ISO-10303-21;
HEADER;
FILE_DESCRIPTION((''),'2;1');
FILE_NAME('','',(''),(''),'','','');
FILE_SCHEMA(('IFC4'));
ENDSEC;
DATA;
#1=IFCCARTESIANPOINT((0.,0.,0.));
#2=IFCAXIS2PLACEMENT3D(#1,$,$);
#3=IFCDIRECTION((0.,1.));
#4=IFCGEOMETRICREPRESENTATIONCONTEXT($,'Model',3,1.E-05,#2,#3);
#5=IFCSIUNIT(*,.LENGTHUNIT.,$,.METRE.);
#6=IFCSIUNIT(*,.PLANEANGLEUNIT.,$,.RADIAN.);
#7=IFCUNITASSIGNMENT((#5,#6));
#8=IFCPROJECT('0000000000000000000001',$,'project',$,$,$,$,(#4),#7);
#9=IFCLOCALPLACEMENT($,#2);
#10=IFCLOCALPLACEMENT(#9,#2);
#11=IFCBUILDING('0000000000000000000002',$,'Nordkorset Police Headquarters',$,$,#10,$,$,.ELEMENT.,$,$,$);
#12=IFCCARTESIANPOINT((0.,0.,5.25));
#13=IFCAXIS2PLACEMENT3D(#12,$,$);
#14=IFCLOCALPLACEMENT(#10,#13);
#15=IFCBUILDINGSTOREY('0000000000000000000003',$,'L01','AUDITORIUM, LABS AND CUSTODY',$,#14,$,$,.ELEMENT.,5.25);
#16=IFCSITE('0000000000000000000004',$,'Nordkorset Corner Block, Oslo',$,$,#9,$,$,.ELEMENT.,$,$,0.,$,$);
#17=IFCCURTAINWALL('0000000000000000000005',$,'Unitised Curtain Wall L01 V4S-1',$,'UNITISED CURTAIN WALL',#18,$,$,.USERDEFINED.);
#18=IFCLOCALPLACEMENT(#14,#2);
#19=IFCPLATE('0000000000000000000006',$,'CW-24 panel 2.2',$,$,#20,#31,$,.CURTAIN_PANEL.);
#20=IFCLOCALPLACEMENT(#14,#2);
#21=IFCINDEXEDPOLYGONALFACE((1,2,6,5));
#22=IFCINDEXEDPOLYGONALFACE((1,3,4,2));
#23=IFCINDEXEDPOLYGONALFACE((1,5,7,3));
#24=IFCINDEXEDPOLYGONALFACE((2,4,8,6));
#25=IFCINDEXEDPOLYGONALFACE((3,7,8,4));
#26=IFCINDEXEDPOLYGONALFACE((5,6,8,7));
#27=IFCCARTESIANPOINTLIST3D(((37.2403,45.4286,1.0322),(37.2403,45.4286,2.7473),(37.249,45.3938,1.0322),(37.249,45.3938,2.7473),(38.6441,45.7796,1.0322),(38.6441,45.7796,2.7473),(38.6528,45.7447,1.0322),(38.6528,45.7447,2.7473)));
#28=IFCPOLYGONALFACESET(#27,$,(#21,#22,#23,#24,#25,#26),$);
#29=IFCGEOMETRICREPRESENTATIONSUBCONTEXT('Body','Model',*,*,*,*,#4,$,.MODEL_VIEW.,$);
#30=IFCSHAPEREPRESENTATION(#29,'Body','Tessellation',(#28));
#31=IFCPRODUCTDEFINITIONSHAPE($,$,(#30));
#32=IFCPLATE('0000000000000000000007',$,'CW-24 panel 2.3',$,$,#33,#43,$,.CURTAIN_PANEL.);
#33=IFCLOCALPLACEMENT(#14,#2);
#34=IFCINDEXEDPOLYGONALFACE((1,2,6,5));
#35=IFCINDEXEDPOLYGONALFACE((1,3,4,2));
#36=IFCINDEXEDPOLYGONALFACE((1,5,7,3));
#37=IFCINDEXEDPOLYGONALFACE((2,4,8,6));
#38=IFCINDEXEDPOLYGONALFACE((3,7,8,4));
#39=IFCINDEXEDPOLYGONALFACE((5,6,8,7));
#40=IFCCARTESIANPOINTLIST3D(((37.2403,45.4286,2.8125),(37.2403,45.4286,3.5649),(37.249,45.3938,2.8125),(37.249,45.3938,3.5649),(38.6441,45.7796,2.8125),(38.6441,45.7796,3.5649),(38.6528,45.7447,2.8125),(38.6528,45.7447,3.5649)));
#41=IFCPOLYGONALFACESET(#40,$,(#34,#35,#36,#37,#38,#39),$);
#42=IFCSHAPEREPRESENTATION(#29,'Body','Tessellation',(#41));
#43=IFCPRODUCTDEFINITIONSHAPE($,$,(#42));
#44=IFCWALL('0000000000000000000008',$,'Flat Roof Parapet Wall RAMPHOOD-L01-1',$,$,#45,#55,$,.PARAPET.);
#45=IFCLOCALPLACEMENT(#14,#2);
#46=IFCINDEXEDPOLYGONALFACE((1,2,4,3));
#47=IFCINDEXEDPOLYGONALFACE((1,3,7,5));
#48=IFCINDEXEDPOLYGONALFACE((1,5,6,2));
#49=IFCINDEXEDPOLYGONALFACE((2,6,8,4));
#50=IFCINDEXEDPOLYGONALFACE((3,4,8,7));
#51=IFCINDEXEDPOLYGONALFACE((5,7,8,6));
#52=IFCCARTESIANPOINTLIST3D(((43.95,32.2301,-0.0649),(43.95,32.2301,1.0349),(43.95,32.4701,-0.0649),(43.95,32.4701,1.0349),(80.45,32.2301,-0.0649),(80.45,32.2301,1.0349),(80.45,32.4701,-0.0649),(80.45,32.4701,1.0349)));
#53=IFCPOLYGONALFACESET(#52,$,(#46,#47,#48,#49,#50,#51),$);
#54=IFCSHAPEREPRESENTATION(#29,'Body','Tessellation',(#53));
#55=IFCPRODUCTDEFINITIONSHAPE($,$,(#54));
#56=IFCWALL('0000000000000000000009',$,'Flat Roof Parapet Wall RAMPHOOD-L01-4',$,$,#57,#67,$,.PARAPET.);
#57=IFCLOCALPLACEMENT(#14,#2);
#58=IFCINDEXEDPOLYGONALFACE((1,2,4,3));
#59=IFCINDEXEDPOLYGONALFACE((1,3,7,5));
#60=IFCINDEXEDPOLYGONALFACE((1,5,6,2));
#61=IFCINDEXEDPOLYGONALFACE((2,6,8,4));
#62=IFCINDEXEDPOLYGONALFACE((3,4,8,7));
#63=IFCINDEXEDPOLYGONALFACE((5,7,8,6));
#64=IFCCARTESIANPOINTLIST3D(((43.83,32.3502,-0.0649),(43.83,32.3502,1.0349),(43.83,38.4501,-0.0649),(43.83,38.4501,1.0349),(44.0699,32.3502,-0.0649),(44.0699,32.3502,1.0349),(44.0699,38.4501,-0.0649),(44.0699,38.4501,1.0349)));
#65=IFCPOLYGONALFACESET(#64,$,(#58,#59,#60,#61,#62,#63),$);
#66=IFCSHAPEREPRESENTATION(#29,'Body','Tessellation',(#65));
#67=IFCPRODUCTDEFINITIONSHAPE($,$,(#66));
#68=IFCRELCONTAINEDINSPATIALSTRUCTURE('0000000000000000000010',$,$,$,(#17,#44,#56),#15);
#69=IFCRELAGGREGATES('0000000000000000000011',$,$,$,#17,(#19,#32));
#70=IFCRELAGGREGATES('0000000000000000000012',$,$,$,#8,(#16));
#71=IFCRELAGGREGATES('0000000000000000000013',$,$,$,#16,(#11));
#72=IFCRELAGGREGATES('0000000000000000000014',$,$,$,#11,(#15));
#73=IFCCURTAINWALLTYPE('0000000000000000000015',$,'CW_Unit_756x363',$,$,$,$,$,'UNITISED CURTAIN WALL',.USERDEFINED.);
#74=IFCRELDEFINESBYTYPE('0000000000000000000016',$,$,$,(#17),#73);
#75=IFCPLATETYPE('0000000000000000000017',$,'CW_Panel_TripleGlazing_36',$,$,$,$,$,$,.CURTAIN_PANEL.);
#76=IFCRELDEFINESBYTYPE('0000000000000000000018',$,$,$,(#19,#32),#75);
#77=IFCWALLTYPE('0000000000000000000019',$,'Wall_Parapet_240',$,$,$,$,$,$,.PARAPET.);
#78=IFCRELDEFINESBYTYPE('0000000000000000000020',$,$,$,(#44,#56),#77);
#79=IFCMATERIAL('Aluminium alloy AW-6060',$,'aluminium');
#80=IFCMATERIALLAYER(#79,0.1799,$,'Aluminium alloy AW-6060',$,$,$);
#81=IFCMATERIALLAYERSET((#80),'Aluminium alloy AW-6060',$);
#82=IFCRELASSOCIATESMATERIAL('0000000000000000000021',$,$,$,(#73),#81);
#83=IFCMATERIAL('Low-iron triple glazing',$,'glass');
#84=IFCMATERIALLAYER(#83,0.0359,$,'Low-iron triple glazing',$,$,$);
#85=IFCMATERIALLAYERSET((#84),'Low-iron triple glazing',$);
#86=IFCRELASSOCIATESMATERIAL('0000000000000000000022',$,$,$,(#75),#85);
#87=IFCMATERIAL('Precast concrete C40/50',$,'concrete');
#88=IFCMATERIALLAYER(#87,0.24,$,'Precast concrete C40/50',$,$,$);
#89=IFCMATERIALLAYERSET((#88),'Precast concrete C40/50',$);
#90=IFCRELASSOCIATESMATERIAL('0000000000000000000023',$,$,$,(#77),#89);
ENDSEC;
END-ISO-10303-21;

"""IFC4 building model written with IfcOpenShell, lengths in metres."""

from ifc_helpers import new_model, si_unit, direction, frame, frame_2d, origin, origin_2d, place, context, subcontext, project, spatial, rectangle, extrude, material, layer, layer_set, type_object, element, aggregate, save


model = new_model("IFC4")

# Units and contexts
model_context = context("Model", 3, precision=1e-05, world=origin(), true_north=direction((0.0, 1.0)))
body_context = subcontext(model_context, "Body", "Model", "MODEL_VIEW")
ifc_project = project(units=[si_unit("LENGTHUNIT", "METRE"), si_unit("PLANEANGLEUNIT", "RADIAN")], contexts=[model_context])

# Site, building, storey
site_placement = place(None, origin())
site = spatial("IfcSite", under=ifc_project, at=site_placement, Name="Nordkorset Corner Block, Oslo", CompositionType="ELEMENT", RefElevation=0.0)
building_placement = place(site_placement, origin())
building = spatial("IfcBuilding", under=site, at=building_placement, Name="Nordkorset Police Headquarters", CompositionType="ELEMENT")
storey_placement = place(building_placement, frame((0.0, 0.0, 5.25)))
storey = spatial("IfcBuildingStorey", under=building, at=storey_placement, Name="L01", Description="AUDITORIUM, LABS AND CUSTODY", CompositionType="ELEMENT", Elevation=5.25)

# Curtain wall
ifc_material_1 = material(Name="Aluminium alloy AW-6060", Category="aluminium")
ifc_layer_1 = layer(ifc_material_1, 0.1799, Name="Aluminium alloy AW-6060")
ifc_layer_set_1 = layer_set([ifc_layer_1], Name="Aluminium alloy AW-6060")
curtain_wall_type = type_object("IfcCurtainWallType", Name="CW_Unit_756x363", ElementType="UNITISED CURTAIN WALL", PredefinedType="USERDEFINED", material=ifc_layer_set_1)
curtain_wall_placement = place(storey_placement, origin())
curtain_wall = element("IfcCurtainWall", 1, at=curtain_wall_placement, inside=storey, type_object=curtain_wall_type, Name="Unitised Curtain Wall L01 V4S-1", ObjectType="UNITISED CURTAIN WALL", PredefinedType="USERDEFINED")

# Plates
ifc_material_2 = material(Name="Low-iron triple glazing", Category="glass")
ifc_layer_2 = layer(ifc_material_2, 0.0359, Name="Low-iron triple glazing")
ifc_layer_set_2 = layer_set([ifc_layer_2], Name="Low-iron triple glazing")
plate_type = type_object("IfcPlateType", Name="CW_Panel_TripleGlazing_36", PredefinedType="CURTAIN_PANEL", material=ifc_layer_set_2)
plate_1_placement = place(storey_placement, frame((37.9465, 45.5867, 1.0322), z_axis=(0.0, 0.0, 1.0), x_axis=(0.970143, 0.242536, 0.0)))
plate_1 = element("IfcPlate", 2, at=plate_1_placement, type_object=plate_type, Name="CW-24 panel 2.2", PredefinedType="CURTAIN_PANEL", context=body_context, shape_type="SweptSolid", body=[
    extrude(rectangle(XDim=1.447, YDim=0.0359, at=origin_2d()), origin(), (0.0, 0.0, 1.0), 1.7151),
])
plate_2_placement = place(storey_placement, frame((37.9465, 45.5867, 2.8125), z_axis=(0.0, 0.0, 1.0), x_axis=(0.970143, 0.242536, 0.0)))
plate_2 = element("IfcPlate", 3, at=plate_2_placement, type_object=plate_type, Name="CW-24 panel 2.3", PredefinedType="CURTAIN_PANEL", context=body_context, shape_type="SweptSolid", body=[
    extrude(rectangle(XDim=1.447, YDim=0.0359, at=origin_2d()), origin(), (0.0, 0.0, 1.0), 0.7524),
])
aggregate(curtain_wall, [plate_1, plate_2])

# Walls
ifc_material_3 = material(Name="Precast concrete C40/50", Category="concrete")
ifc_layer_3 = layer(ifc_material_3, 0.24, Name="Precast concrete C40/50")
ifc_layer_set_3 = layer_set([ifc_layer_3], Name="Precast concrete C40/50")
wall_type = type_object("IfcWallType", Name="Wall_Parapet_240", PredefinedType="PARAPET", material=ifc_layer_set_3)
wall_1_placement = place(storey_placement, frame((43.95, 32.3501, -0.0649), z_axis=(0.0, 0.0, 1.0), x_axis=(1.0, 0.0, 0.0)))
element("IfcWall", 4, at=wall_1_placement, inside=storey, type_object=wall_type, Name="Flat Roof Parapet Wall RAMPHOOD-L01-1", PredefinedType="PARAPET", context=body_context, shape_type="SweptSolid", body=[
    extrude(rectangle(XDim=36.5, YDim=0.24, at=frame_2d((18.25, 0.0))), origin(), (0.0, 0.0, 1.0), 1.0999),
])
wall_2_placement = place(storey_placement, frame((43.95, 38.45, -0.0649), z_axis=(0.0, 0.0, 1.0), x_axis=(0.0, -1.0, 0.0)))
element("IfcWall", 5, at=wall_2_placement, inside=storey, type_object=wall_type, Name="Flat Roof Parapet Wall RAMPHOOD-L01-4", PredefinedType="PARAPET", context=body_context, shape_type="SweptSolid", body=[
    extrude(rectangle(XDim=6.0999, YDim=0.24, at=frame_2d((3.0498, 0.0))), origin(), (0.0, 0.0, 1.0), 1.0999),
])

save(model, "model.ifc")
